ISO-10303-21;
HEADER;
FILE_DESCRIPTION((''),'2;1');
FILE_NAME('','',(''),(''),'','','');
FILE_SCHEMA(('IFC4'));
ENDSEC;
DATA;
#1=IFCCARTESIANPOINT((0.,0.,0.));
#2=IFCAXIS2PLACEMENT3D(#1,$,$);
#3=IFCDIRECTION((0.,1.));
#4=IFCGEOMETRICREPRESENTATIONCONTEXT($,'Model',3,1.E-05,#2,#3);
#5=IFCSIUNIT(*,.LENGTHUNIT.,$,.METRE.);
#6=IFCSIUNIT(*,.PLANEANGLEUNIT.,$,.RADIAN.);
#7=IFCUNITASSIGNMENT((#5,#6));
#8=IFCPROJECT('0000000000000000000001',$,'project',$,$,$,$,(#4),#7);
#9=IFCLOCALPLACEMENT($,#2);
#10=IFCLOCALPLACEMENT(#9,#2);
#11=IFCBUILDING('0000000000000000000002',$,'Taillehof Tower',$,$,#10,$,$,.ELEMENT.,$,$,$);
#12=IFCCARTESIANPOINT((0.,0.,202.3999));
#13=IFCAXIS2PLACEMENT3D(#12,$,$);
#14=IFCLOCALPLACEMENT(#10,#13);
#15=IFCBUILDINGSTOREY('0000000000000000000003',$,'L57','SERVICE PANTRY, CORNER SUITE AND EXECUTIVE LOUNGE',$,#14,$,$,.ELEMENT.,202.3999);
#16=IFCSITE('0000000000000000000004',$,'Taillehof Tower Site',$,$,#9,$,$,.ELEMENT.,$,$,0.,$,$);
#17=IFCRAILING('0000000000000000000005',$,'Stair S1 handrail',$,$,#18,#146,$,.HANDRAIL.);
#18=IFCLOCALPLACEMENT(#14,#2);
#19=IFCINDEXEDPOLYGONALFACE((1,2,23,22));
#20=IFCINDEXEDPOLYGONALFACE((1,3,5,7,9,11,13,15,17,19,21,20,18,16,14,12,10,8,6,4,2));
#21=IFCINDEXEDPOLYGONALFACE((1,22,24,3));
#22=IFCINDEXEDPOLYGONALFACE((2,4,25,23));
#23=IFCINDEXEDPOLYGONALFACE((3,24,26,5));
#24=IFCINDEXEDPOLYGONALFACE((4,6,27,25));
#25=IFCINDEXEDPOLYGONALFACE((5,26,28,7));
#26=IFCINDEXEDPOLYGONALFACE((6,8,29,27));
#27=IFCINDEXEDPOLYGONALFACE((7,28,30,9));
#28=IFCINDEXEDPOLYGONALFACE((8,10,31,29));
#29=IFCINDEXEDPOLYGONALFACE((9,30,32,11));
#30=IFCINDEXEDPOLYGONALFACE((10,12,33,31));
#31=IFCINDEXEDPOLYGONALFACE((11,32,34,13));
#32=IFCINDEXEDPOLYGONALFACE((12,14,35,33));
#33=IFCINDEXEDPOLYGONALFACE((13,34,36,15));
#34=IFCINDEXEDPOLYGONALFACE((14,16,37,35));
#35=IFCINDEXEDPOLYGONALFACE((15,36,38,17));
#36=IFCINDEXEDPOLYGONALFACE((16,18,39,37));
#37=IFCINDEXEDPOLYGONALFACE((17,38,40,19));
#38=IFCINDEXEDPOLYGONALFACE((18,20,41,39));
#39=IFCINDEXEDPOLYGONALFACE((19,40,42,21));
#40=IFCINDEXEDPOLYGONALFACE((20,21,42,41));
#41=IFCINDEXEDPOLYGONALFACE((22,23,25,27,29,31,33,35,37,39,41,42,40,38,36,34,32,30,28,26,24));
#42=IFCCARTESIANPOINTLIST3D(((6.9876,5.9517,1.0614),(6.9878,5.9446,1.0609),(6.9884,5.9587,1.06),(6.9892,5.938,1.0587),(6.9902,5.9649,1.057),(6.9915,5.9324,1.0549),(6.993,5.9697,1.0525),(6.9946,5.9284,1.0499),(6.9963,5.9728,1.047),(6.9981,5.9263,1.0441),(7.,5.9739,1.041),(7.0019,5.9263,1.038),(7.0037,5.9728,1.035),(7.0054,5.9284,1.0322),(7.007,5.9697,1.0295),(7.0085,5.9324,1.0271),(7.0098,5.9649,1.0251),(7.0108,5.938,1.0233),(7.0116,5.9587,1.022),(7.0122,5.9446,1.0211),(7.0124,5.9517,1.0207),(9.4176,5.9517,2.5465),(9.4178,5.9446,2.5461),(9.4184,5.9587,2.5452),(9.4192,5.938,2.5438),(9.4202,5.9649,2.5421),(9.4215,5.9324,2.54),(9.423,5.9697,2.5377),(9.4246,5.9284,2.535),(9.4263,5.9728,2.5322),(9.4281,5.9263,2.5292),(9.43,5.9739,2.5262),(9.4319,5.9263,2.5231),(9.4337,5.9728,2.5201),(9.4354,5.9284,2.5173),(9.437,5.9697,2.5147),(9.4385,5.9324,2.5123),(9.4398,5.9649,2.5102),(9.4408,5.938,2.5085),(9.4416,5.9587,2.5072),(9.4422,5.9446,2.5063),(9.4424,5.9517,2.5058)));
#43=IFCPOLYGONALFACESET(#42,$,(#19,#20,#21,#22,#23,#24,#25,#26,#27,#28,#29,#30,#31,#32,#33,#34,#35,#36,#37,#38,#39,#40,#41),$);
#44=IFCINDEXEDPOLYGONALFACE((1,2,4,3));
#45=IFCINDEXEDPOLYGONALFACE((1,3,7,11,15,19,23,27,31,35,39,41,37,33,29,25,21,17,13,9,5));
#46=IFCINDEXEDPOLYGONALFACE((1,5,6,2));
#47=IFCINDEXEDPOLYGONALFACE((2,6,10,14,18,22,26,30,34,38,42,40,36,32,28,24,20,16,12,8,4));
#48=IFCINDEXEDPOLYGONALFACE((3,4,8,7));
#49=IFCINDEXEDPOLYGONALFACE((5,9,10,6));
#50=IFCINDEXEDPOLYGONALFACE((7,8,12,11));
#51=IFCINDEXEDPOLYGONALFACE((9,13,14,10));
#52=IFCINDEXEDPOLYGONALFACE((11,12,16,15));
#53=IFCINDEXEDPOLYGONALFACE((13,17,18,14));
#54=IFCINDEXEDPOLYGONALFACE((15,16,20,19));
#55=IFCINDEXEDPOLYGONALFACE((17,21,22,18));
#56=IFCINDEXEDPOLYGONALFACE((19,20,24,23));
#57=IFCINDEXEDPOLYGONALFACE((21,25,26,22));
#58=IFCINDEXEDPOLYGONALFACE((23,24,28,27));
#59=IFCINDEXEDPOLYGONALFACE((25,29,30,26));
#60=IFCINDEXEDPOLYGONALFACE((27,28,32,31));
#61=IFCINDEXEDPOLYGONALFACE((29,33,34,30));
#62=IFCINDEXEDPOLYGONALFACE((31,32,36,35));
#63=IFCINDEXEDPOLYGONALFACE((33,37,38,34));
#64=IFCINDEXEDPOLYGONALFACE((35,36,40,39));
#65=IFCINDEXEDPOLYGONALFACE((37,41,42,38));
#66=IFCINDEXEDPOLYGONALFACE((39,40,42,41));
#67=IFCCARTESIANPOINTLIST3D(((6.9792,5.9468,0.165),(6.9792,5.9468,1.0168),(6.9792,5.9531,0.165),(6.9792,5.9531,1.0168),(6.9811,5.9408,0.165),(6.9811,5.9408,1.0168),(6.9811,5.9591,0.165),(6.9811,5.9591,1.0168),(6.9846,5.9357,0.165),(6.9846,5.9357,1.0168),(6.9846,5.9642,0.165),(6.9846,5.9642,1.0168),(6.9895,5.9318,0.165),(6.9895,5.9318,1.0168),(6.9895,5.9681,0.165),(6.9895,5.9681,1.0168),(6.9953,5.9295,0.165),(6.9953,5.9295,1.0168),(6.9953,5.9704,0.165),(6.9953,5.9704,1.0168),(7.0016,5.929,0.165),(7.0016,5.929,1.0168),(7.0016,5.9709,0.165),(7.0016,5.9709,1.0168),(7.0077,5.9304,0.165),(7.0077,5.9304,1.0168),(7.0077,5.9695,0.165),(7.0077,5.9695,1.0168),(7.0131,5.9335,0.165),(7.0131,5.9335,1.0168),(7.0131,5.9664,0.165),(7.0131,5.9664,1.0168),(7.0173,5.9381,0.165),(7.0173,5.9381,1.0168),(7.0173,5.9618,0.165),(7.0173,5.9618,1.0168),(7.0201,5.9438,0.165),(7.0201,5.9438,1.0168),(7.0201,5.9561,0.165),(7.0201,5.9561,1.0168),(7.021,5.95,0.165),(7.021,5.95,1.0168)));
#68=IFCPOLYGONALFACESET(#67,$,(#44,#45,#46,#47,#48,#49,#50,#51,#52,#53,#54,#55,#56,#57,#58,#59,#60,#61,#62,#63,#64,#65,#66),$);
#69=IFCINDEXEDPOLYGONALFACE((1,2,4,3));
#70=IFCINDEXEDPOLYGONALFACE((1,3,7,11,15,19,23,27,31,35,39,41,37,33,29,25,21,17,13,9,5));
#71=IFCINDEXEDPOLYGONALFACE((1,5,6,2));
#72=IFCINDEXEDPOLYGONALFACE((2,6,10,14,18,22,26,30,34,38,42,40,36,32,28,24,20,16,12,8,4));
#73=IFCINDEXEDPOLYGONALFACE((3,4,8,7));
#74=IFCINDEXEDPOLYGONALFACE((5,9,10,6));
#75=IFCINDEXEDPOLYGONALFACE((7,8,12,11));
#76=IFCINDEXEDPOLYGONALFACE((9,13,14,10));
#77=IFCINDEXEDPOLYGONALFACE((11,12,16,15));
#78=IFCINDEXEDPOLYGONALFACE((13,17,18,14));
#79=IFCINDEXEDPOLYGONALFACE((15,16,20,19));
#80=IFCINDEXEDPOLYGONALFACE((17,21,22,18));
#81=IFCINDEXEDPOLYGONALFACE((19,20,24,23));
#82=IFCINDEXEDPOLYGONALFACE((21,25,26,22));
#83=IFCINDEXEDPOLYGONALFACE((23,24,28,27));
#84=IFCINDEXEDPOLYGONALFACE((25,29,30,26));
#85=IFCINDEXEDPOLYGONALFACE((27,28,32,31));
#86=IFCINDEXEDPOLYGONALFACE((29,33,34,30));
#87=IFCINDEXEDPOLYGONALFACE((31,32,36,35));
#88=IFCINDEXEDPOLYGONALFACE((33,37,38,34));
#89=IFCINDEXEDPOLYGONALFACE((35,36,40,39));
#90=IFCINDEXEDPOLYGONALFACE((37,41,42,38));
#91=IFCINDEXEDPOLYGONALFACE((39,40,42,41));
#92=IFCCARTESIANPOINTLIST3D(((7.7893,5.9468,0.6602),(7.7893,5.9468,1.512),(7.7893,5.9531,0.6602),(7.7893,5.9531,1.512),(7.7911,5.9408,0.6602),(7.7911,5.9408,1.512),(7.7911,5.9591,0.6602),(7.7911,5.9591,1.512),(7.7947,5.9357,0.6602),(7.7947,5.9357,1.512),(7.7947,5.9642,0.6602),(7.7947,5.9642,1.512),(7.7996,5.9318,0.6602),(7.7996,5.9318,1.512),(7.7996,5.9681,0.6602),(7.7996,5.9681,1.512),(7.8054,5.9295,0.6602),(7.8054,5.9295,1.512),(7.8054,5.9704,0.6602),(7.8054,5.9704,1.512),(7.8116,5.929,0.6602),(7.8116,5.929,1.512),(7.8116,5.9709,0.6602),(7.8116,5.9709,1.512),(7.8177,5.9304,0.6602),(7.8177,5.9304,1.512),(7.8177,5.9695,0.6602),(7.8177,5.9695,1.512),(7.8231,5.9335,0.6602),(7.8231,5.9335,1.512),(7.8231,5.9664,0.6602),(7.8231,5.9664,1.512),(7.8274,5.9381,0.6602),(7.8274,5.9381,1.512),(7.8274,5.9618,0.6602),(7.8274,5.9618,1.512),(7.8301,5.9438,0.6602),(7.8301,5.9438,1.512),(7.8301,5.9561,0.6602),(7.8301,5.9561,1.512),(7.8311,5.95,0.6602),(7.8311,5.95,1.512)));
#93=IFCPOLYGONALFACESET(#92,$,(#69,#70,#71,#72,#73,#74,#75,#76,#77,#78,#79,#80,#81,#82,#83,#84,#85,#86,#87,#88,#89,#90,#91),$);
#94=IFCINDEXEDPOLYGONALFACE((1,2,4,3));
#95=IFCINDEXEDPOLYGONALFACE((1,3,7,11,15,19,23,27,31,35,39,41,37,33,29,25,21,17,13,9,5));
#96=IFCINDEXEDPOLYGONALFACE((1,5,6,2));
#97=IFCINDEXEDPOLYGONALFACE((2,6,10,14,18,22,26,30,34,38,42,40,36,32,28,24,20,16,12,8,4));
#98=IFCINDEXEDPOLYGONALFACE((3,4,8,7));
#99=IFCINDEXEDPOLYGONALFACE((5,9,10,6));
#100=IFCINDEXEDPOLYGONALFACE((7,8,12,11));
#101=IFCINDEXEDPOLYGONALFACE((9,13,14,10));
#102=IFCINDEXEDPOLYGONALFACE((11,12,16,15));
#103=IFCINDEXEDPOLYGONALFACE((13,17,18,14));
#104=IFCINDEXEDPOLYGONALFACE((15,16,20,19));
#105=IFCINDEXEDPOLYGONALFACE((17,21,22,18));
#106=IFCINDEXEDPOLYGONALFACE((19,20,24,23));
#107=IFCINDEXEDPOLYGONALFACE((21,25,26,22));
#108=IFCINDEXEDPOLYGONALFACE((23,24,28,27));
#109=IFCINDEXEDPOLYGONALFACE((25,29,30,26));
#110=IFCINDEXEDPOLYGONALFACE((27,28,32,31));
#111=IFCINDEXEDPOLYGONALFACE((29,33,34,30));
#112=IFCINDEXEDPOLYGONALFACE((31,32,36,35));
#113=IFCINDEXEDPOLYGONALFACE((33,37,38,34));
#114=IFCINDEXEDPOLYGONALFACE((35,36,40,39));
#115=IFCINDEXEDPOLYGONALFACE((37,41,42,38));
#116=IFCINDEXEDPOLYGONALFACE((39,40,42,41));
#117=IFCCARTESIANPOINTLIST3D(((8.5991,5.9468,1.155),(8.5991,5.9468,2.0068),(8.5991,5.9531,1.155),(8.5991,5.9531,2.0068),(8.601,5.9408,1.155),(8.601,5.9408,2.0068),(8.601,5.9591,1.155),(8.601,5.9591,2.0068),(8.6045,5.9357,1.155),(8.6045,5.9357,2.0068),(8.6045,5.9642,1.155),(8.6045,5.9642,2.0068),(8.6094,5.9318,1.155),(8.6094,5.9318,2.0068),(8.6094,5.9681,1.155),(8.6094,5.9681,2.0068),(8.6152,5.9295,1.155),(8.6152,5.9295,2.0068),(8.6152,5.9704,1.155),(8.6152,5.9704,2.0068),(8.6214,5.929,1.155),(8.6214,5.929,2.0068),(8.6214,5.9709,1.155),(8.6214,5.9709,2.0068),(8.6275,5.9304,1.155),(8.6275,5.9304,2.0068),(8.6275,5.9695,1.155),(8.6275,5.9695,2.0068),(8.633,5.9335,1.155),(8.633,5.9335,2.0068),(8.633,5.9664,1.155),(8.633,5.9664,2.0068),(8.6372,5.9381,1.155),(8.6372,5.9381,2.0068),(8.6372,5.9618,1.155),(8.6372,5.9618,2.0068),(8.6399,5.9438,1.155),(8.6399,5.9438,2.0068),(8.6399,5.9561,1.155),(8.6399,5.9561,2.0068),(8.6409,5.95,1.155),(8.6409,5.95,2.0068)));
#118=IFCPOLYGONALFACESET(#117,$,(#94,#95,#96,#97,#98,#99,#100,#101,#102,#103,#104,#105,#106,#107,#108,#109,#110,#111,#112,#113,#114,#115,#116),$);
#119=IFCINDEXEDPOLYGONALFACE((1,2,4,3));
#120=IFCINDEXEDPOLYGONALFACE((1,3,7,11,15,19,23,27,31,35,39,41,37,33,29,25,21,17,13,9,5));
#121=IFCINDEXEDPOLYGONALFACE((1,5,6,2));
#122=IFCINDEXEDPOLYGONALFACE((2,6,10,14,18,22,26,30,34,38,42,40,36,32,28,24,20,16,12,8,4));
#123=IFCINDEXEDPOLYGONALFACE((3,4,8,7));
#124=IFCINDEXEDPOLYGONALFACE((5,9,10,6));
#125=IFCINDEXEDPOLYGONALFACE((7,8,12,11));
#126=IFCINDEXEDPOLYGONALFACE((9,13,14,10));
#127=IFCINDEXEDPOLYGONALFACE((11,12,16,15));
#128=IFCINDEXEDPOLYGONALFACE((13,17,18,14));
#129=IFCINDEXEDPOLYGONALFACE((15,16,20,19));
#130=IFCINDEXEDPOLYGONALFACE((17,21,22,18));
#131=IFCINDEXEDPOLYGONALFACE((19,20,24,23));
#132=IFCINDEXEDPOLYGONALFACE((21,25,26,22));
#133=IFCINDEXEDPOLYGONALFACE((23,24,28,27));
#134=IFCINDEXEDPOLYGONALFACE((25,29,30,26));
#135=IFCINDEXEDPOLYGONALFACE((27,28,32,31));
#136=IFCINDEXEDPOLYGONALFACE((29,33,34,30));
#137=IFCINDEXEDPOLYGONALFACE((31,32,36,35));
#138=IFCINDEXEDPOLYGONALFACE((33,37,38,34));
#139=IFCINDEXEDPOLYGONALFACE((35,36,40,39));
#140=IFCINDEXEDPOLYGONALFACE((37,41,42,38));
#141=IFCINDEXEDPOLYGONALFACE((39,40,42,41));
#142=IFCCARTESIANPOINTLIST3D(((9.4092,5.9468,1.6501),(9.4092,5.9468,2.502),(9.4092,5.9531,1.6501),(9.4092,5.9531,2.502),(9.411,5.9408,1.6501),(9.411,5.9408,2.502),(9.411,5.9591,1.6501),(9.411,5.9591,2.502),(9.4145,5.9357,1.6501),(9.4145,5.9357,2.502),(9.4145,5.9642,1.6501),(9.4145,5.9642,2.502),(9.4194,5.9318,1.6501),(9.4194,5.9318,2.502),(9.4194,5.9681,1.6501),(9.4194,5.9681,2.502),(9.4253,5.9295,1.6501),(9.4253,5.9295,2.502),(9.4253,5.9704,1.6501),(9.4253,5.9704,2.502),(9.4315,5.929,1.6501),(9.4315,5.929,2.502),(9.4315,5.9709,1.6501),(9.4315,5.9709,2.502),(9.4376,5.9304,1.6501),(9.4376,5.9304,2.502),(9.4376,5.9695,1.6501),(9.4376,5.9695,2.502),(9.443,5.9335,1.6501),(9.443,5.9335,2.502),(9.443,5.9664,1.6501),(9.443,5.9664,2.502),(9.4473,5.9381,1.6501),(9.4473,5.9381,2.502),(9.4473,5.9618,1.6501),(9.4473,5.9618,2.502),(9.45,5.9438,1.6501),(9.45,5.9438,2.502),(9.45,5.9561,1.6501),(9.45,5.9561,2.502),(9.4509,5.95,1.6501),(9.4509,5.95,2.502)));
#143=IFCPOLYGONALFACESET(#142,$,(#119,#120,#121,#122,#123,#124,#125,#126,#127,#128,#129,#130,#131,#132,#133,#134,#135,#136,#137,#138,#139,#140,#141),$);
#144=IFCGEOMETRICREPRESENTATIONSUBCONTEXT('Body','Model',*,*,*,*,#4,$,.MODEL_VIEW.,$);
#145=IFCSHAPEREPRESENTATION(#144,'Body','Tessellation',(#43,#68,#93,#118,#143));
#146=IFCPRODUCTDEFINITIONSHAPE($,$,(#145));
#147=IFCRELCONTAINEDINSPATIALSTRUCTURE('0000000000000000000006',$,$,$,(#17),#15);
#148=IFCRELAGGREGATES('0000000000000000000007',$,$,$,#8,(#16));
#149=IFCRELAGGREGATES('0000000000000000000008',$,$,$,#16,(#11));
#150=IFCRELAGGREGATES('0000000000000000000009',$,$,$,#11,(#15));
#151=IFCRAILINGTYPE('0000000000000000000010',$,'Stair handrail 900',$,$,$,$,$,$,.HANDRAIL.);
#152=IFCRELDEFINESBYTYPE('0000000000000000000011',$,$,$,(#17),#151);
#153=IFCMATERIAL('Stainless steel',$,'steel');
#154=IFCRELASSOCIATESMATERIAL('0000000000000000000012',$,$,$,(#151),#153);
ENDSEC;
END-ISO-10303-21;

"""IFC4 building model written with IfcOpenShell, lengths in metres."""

from ifc_helpers import new_model, si_unit, direction, frame, origin, origin_2d, place, context, subcontext, project, spatial, circle, extrude, material, type_object, element, save


model = new_model("IFC4")

# Units and contexts
model_context = context("Model", 3, precision=1e-05, world=origin(), true_north=direction((0.0, 1.0)))
body_context = subcontext(model_context, "Body", "Model", "MODEL_VIEW")
ifc_project = project(units=[si_unit("LENGTHUNIT", "METRE"), si_unit("PLANEANGLEUNIT", "RADIAN")], contexts=[model_context])

# Site, building, storey
site_placement = place(None, origin())
site = spatial("IfcSite", under=ifc_project, at=site_placement, Name="Taillehof Tower Site", CompositionType="ELEMENT", RefElevation=0.0)
building_placement = place(site_placement, origin())
building = spatial("IfcBuilding", under=site, at=building_placement, Name="Taillehof Tower", CompositionType="ELEMENT")
storey_placement = place(building_placement, frame((0.0, 0.0, 202.3999)))
storey = spatial("IfcBuildingStorey", under=building, at=storey_placement, Name="L57", Description="SERVICE PANTRY, CORNER SUITE AND EXECUTIVE LOUNGE", CompositionType="ELEMENT", Elevation=202.3999)

# Railing
ifc_material_1 = material(Name="Stainless steel", Category="steel")
railing_type = type_object("IfcRailingType", Name="Stair handrail 900", PredefinedType="HANDRAIL", material=ifc_material_1)
railing_placement = place(storey_placement, frame((7.0, 5.95, 0.165)))
element("IfcRailing", 1, at=railing_placement, inside=storey, type_object=railing_type, Name="Stair S1 handrail", PredefinedType="HANDRAIL", context=body_context, shape_type="SweptSolid", body=[
    extrude(circle(Radius=0.0239, at=origin_2d()), frame((0.0, 0.0, 0.876), z_axis=(0.853259, 0.0, 0.521488), x_axis=(0.0, 1.0, 0.0)), (0.0, 0.0, 1.0), 2.8479),
    extrude(circle(Radius=0.021, at=origin_2d()), origin(), (0.0, 0.0, 1.0), 0.8518),
    extrude(circle(Radius=0.021, at=origin_2d()), frame((0.8101, 0.0, 0.4951)), (0.0, 0.0, 1.0), 0.8518),
    extrude(circle(Radius=0.021, at=origin_2d()), frame((1.6199, 0.0, 0.99)), (0.0, 0.0, 1.0), 0.8518),
    extrude(circle(Radius=0.021, at=origin_2d()), frame((2.4299, 0.0, 1.4851)), (0.0, 0.0, 1.0), 0.8518),
])

save(model, "model.ifc")
